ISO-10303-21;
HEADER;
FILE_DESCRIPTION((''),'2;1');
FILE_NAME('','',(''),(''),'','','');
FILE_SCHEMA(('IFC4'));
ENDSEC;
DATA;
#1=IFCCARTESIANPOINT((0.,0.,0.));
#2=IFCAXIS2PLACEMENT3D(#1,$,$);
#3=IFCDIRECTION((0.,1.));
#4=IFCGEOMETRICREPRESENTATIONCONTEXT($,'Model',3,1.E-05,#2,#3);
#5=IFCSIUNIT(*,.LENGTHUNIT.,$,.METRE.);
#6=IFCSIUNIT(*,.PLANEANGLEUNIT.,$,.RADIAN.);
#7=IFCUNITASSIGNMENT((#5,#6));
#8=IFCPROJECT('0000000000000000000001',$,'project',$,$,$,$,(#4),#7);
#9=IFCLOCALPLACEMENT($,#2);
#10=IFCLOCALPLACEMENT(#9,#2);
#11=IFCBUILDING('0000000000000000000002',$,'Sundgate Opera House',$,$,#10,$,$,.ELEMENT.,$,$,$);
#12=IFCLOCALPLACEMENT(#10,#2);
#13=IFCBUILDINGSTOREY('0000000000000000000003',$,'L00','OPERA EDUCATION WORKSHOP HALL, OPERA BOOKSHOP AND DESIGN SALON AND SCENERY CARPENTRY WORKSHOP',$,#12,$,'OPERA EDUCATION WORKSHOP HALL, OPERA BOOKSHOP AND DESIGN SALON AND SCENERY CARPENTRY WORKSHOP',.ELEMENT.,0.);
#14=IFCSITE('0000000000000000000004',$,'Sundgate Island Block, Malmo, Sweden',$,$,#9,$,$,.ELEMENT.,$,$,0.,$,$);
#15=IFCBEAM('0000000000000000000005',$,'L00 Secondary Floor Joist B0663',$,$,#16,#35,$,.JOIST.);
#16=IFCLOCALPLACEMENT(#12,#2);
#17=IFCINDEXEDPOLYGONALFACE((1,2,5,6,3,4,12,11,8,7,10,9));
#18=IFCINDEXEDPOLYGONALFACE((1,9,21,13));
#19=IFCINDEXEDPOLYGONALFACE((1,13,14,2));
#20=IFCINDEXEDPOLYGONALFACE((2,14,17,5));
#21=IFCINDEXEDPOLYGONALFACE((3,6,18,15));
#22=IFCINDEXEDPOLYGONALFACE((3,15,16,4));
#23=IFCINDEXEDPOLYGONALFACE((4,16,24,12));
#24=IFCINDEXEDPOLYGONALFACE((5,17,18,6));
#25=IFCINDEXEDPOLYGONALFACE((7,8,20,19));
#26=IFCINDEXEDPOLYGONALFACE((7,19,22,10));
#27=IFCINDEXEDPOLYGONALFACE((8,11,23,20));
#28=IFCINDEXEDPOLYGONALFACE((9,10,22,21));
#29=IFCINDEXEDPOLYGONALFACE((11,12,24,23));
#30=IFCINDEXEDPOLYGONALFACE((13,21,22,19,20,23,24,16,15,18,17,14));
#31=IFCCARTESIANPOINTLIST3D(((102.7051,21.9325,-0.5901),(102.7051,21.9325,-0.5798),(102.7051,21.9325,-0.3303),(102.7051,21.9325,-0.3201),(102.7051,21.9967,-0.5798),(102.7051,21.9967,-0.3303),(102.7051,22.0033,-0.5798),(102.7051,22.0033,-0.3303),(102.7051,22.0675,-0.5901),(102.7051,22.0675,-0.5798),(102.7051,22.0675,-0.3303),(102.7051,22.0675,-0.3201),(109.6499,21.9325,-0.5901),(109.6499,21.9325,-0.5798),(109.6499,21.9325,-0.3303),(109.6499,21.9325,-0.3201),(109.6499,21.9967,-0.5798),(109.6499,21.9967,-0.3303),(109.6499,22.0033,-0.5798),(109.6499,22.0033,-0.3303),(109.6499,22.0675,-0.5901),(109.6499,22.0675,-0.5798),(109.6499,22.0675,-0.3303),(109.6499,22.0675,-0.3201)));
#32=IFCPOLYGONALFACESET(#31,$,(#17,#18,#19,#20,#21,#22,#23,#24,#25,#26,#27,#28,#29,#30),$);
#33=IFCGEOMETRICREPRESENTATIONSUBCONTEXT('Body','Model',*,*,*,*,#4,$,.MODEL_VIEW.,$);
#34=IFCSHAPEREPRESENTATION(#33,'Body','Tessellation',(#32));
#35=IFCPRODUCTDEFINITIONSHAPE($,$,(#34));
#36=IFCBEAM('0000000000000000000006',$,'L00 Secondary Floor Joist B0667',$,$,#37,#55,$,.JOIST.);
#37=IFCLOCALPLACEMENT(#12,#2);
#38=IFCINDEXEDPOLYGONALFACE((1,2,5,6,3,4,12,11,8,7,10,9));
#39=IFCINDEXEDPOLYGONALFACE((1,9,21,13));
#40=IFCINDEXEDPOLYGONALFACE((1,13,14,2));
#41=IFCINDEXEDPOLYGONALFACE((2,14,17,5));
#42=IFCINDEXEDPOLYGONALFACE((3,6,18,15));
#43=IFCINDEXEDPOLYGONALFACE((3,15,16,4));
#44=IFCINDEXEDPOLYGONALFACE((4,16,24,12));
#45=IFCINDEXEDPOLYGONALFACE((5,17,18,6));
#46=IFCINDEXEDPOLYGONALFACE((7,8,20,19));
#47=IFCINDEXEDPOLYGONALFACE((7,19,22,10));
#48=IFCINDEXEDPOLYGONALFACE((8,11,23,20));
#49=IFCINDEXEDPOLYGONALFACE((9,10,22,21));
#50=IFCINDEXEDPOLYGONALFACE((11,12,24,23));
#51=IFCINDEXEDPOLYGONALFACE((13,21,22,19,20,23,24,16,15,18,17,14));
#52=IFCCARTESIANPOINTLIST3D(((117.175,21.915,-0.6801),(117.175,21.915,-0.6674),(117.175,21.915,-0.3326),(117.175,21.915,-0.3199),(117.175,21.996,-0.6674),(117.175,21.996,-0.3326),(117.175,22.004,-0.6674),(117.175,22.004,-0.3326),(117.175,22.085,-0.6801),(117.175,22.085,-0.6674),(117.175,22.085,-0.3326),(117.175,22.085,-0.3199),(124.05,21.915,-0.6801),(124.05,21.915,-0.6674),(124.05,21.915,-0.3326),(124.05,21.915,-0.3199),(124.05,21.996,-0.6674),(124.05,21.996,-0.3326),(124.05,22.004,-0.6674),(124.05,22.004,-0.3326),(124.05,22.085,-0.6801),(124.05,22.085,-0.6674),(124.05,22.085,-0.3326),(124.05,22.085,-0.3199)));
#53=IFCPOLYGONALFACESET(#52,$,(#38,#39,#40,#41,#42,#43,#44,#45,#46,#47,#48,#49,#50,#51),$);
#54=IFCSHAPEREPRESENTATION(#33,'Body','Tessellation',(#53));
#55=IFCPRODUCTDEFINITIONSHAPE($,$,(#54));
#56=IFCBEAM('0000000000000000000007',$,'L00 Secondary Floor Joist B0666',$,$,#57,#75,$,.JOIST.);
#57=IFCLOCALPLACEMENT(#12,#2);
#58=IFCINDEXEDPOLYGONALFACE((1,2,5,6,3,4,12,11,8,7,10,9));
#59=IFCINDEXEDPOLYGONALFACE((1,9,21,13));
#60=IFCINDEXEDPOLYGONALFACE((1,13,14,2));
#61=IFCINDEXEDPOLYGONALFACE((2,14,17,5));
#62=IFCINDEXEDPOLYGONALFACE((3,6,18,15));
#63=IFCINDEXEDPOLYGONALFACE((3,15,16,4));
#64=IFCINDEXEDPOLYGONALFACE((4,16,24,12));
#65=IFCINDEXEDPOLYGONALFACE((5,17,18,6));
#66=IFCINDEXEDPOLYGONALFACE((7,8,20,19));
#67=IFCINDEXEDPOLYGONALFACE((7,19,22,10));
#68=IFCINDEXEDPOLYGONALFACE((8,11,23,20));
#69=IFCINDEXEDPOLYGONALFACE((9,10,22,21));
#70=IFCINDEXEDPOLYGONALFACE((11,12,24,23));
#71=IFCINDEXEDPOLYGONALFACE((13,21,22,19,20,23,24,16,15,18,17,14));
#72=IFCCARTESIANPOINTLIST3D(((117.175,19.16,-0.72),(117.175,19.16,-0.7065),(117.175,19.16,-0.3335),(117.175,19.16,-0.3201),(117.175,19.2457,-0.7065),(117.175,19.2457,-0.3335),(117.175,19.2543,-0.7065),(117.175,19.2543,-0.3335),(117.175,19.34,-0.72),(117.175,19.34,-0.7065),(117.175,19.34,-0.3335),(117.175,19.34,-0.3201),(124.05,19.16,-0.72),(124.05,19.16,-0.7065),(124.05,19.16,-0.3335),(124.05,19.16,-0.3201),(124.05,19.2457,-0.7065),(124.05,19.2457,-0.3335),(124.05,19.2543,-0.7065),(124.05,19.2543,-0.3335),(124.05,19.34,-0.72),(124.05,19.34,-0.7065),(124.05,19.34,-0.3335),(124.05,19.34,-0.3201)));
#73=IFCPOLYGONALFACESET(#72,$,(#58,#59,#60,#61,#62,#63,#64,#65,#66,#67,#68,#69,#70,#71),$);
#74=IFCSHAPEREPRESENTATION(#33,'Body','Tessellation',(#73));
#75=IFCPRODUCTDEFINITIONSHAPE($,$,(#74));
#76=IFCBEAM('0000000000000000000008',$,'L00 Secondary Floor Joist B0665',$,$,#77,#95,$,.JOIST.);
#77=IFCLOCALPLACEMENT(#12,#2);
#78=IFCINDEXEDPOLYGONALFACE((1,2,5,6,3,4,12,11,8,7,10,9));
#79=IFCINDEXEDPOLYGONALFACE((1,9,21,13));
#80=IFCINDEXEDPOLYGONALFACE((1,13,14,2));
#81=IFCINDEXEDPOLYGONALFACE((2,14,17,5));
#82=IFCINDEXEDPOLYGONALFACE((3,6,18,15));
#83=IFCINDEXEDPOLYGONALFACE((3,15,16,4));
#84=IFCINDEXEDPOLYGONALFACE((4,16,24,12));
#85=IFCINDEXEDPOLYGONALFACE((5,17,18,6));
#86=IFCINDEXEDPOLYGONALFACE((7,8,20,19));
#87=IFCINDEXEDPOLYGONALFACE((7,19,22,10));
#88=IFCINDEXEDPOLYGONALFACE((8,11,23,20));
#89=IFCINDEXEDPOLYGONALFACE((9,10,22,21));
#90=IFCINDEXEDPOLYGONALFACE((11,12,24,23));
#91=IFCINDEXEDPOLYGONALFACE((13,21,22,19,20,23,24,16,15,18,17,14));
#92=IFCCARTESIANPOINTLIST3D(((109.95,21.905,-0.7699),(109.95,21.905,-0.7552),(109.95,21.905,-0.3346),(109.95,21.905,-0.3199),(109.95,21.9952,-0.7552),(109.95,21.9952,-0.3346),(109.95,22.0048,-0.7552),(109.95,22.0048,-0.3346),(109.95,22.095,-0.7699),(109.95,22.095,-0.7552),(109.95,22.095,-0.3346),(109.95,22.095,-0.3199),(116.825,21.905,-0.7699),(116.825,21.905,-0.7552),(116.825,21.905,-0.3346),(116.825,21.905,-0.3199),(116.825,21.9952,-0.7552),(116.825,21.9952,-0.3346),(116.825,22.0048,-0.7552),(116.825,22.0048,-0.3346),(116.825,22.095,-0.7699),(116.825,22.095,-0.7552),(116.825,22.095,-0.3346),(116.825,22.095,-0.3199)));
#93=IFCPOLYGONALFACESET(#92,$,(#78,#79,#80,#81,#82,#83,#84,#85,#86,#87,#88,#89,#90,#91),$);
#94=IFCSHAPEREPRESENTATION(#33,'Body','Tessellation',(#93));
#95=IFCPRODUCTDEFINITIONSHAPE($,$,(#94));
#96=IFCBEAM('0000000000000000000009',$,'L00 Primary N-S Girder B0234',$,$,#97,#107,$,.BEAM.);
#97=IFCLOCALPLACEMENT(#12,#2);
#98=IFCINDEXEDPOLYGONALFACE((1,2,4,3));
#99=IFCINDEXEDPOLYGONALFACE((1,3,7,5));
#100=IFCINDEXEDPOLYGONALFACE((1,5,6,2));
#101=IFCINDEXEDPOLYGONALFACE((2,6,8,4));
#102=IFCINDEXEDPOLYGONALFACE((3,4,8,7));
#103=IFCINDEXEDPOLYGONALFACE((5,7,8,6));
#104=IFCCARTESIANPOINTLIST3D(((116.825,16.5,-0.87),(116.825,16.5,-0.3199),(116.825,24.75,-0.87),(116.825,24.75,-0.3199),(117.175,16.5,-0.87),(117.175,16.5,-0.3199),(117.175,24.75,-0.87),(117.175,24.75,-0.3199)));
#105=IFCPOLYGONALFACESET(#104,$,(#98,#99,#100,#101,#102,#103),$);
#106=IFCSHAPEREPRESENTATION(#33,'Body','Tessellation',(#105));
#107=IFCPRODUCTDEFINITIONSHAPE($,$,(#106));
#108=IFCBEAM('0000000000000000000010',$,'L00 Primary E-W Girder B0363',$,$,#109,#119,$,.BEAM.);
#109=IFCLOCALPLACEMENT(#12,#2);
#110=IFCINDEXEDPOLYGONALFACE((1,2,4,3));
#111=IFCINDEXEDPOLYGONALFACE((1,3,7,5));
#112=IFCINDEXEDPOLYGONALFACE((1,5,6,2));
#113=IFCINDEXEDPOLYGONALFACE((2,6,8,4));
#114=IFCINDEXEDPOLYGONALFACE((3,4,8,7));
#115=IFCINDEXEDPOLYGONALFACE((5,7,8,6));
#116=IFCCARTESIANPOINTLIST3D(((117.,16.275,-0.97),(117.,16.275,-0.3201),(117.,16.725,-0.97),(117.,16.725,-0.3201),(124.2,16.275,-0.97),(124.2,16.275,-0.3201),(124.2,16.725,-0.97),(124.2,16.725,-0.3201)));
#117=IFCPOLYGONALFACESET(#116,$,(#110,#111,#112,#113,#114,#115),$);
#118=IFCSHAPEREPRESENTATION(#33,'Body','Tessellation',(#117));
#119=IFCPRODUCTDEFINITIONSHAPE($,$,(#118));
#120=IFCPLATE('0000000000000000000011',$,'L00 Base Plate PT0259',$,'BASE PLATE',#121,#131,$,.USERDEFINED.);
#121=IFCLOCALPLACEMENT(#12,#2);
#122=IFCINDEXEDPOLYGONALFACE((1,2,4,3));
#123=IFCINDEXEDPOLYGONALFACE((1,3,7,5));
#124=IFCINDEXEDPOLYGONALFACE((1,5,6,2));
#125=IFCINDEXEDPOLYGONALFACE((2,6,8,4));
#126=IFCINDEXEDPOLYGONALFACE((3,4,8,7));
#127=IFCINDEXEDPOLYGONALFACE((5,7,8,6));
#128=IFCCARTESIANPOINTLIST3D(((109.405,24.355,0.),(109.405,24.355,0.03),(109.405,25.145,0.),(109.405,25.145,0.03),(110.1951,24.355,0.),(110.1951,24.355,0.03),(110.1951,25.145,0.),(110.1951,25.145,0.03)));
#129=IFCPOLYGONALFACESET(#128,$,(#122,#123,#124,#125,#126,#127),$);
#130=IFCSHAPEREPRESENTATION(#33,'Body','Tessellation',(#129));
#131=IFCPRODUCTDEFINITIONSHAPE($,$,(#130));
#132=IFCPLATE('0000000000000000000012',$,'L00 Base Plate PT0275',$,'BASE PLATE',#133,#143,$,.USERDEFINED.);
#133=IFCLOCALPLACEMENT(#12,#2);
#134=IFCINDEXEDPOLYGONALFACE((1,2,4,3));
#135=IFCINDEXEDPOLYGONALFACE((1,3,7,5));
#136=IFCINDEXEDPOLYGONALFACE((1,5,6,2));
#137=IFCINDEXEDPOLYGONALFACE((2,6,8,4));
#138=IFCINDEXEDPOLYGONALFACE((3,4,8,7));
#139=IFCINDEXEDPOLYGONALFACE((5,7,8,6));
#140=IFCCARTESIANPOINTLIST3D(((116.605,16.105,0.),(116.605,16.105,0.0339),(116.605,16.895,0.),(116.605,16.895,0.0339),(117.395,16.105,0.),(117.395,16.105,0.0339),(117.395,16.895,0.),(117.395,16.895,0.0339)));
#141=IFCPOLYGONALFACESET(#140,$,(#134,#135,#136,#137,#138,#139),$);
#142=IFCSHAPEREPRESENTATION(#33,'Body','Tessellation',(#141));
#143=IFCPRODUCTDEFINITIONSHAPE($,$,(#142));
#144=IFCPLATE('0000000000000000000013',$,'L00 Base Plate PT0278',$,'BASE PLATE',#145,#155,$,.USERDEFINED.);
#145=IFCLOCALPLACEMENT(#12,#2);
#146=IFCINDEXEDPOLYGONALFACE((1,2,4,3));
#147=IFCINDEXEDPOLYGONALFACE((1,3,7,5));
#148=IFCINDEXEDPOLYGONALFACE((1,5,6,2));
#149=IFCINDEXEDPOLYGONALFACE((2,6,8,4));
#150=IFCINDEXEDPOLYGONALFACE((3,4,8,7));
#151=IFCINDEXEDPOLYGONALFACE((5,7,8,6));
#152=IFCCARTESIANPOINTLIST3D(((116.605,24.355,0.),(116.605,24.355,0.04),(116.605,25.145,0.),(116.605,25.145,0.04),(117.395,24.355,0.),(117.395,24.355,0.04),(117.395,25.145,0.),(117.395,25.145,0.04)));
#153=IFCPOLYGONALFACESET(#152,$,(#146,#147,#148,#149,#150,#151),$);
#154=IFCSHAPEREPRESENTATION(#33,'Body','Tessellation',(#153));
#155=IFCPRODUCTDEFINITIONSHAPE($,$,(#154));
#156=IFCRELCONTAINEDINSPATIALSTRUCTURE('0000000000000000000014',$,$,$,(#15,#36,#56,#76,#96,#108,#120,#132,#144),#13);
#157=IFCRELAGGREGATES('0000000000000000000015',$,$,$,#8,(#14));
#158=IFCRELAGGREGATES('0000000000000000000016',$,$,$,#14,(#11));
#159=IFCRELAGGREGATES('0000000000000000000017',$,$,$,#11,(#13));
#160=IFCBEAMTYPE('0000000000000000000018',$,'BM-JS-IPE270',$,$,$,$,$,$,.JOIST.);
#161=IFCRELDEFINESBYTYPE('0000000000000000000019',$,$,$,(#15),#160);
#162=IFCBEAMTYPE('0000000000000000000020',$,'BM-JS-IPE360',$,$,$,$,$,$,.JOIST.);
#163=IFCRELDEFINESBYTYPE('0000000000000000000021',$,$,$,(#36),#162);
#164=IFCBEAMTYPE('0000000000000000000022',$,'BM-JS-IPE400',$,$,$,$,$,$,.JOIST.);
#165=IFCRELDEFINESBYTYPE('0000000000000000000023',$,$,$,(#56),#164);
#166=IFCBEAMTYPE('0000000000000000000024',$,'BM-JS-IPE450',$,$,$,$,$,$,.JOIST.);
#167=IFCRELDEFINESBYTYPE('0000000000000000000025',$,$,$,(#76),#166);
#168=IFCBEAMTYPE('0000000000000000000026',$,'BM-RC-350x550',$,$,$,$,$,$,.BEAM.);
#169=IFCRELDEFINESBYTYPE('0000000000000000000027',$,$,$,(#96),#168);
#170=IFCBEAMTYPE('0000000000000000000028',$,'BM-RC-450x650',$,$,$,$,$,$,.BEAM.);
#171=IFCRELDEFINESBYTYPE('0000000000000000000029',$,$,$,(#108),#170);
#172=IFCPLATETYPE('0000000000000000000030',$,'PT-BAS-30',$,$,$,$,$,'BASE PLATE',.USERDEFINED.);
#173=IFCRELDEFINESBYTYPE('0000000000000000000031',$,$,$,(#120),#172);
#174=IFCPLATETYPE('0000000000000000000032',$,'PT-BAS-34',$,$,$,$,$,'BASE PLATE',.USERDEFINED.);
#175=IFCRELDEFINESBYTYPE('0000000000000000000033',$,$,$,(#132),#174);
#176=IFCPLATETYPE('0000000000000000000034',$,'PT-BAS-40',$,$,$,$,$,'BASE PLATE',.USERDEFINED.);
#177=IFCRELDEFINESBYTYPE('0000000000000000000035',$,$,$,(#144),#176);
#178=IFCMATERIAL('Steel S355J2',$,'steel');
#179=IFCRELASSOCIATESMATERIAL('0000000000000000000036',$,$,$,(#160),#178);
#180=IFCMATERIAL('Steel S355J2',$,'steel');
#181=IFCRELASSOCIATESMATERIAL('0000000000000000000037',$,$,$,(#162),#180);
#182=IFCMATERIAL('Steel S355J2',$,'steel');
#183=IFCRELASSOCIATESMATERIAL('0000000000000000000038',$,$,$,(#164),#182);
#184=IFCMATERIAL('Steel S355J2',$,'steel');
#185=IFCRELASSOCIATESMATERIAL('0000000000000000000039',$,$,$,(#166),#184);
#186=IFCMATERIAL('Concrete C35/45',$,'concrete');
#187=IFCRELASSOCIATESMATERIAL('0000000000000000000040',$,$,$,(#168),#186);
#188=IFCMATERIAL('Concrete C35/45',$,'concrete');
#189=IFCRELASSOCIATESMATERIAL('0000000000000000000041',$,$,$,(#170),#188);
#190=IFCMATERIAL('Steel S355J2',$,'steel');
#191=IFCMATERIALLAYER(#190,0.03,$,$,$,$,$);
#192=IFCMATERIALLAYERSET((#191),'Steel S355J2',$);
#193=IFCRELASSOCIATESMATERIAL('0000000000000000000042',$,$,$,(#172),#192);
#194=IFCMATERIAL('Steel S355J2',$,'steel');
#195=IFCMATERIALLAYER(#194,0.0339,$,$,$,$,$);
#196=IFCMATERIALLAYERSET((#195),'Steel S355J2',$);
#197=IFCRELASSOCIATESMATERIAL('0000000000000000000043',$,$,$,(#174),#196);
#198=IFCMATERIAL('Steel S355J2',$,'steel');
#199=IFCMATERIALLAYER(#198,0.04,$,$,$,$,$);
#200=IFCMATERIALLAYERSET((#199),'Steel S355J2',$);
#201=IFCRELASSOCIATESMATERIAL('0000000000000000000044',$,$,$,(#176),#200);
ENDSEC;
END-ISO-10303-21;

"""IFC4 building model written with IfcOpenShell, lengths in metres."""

from ifc_helpers import new_model, si_unit, direction, frame, origin, origin_2d, place, context, subcontext, project, spatial, rectangle, i_section, extrude, material, layer, layer_set, material_profile, profile_set, type_object, element, save


model = new_model("IFC4")

# Units and contexts
model_context = context("Model", 3, precision=1e-05, world=origin(), true_north=direction((0.0, 1.0)))
body_context = subcontext(model_context, "Body", "Model", "MODEL_VIEW")
ifc_project = project(units=[si_unit("LENGTHUNIT", "METRE"), si_unit("PLANEANGLEUNIT", "RADIAN")], contexts=[model_context])

# Site, building, storey
site_placement = place(None, origin())
site = spatial("IfcSite", under=ifc_project, at=site_placement, Name="Sundgate Island Block, Malmo, Sweden", CompositionType="ELEMENT", RefElevation=0.0)
building_placement = place(site_placement, origin())
building = spatial("IfcBuilding", under=site, at=building_placement, Name="Sundgate Opera House", CompositionType="ELEMENT")
storey_placement = place(building_placement, origin())
storey = spatial("IfcBuildingStorey", under=building, at=storey_placement, Name="L00", Description="OPERA EDUCATION WORKSHOP HALL, OPERA BOOKSHOP AND DESIGN SALON AND SCENERY CARPENTRY WORKSHOP", LongName="OPERA EDUCATION WORKSHOP HALL, OPERA BOOKSHOP AND DESIGN SALON AND SCENERY CARPENTRY WORKSHOP", CompositionType="ELEMENT", Elevation=0.0)

# Beams
ifc_material_1 = material(Name="Steel S355J2", Category="steel")
ifc_material_profile_1 = material_profile(ifc_material_1, i_section(OverallWidth=0.135, OverallDepth=0.27, WebThickness=0.0066, FlangeThickness=0.0103, at=origin_2d()), Name="IPE 270")
ifc_profile_set_1 = profile_set([ifc_material_profile_1], Name="Steel S355J2")
beam_type_1 = type_object("IfcBeamType", Name="BM-JS-IPE270", PredefinedType="JOIST", material=ifc_profile_set_1)
beam_1_placement = place(storey_placement, frame((102.7051, 22.0, -0.4551), z_axis=(1.0, 0.0, 0.0), x_axis=(0.0, 1.0, 0.0)))
element("IfcBeam", 1, at=beam_1_placement, inside=storey, type_object=beam_type_1, Name="L00 Secondary Floor Joist B0663", PredefinedType="JOIST", context=body_context, shape_type="SweptSolid", body=[
    extrude(i_section(OverallWidth=0.135, OverallDepth=0.27, WebThickness=0.0066, FlangeThickness=0.0103, at=origin_2d()), origin(), (0.0, 0.0, 1.0), 6.9448),
])
ifc_material_2 = material(Name="Steel S355J2", Category="steel")
ifc_material_profile_2 = material_profile(ifc_material_2, i_section(OverallWidth=0.1699, OverallDepth=0.3601, WebThickness=0.0081, FlangeThickness=0.0127, at=origin_2d()), Name="IPE 360")
ifc_profile_set_2 = profile_set([ifc_material_profile_2], Name="Steel S355J2")
beam_type_2 = type_object("IfcBeamType", Name="BM-JS-IPE360", PredefinedType="JOIST", material=ifc_profile_set_2)
beam_2_placement = place(storey_placement, frame((117.175, 22.0, -0.5), z_axis=(1.0, 0.0, 0.0), x_axis=(0.0, 1.0, 0.0)))
element("IfcBeam", 2, at=beam_2_placement, inside=storey, type_object=beam_type_2, Name="L00 Secondary Floor Joist B0667", PredefinedType="JOIST", context=body_context, shape_type="SweptSolid", body=[
    extrude(i_section(OverallWidth=0.1699, OverallDepth=0.3601, WebThickness=0.0081, FlangeThickness=0.0127, at=origin_2d()), origin(), (0.0, 0.0, 1.0), 6.875),
])
ifc_material_3 = material(Name="Steel S355J2", Category="steel")
ifc_material_profile_3 = material_profile(ifc_material_3, i_section(OverallWidth=0.1799, OverallDepth=0.3999, WebThickness=0.0085, FlangeThickness=0.0134, at=origin_2d()), Name="IPE 400")
ifc_profile_set_3 = profile_set([ifc_material_profile_3], Name="Steel S355J2")
beam_type_3 = type_object("IfcBeamType", Name="BM-JS-IPE400", PredefinedType="JOIST", material=ifc_profile_set_3)
beam_3_placement = place(storey_placement, frame((117.175, 19.25, -0.52), z_axis=(1.0, 0.0, 0.0), x_axis=(0.0, 1.0, 0.0)))
element("IfcBeam", 3, at=beam_3_placement, inside=storey, type_object=beam_type_3, Name="L00 Secondary Floor Joist B0666", PredefinedType="JOIST", context=body_context, shape_type="SweptSolid", body=[
    extrude(i_section(OverallWidth=0.1799, OverallDepth=0.3999, WebThickness=0.0085, FlangeThickness=0.0134, at=origin_2d()), origin(), (0.0, 0.0, 1.0), 6.875),
])
ifc_material_4 = material(Name="Steel S355J2", Category="steel")
ifc_material_profile_4 = material_profile(ifc_material_4, i_section(OverallWidth=0.1899, OverallDepth=0.45, WebThickness=0.0095, FlangeThickness=0.0146, at=origin_2d()), Name="IPE 450")
ifc_profile_set_4 = profile_set([ifc_material_profile_4], Name="Steel S355J2")
beam_type_4 = type_object("IfcBeamType", Name="BM-JS-IPE450", PredefinedType="JOIST", material=ifc_profile_set_4)
beam_4_placement = place(storey_placement, frame((109.95, 22.0, -0.5449), z_axis=(1.0, 0.0, 0.0), x_axis=(0.0, 1.0, 0.0)))
element("IfcBeam", 4, at=beam_4_placement, inside=storey, type_object=beam_type_4, Name="L00 Secondary Floor Joist B0665", PredefinedType="JOIST", context=body_context, shape_type="SweptSolid", body=[
    extrude(i_section(OverallWidth=0.1899, OverallDepth=0.45, WebThickness=0.0095, FlangeThickness=0.0146, at=origin_2d()), origin(), (0.0, 0.0, 1.0), 6.875),
])
ifc_material_5 = material(Name="Concrete C35/45", Category="concrete")
ifc_material_profile_5 = material_profile(ifc_material_5, rectangle(XDim=0.3501, YDim=0.55, at=origin_2d()), Name="RC 350x550")
ifc_profile_set_5 = profile_set([ifc_material_profile_5], Name="Concrete C35/45")
beam_type_5 = type_object("IfcBeamType", Name="BM-RC-350x550", PredefinedType="BEAM", material=ifc_profile_set_5)
beam_5_placement = place(storey_placement, frame((117.0, 16.5, -0.595), z_axis=(0.0, 1.0, 0.0), x_axis=(-1.0, 0.0, 0.0)))
element("IfcBeam", 5, at=beam_5_placement, inside=storey, type_object=beam_type_5, Name="L00 Primary N-S Girder B0234", PredefinedType="BEAM", context=body_context, shape_type="SweptSolid", body=[
    extrude(rectangle(XDim=0.3501, YDim=0.55, at=origin_2d()), origin(), (0.0, 0.0, 1.0), 8.25),
])
ifc_material_6 = material(Name="Concrete C35/45", Category="concrete")
ifc_material_profile_6 = material_profile(ifc_material_6, rectangle(XDim=0.45, YDim=0.6499, at=origin_2d()), Name="RC 450x650")
ifc_profile_set_6 = profile_set([ifc_material_profile_6], Name="Concrete C35/45")
beam_type_6 = type_object("IfcBeamType", Name="BM-RC-450x650", PredefinedType="BEAM", material=ifc_profile_set_6)
beam_6_placement = place(storey_placement, frame((117.0, 16.5, -0.645), z_axis=(1.0, 0.0, 0.0), x_axis=(0.0, 1.0, 0.0)))
element("IfcBeam", 6, at=beam_6_placement, inside=storey, type_object=beam_type_6, Name="L00 Primary E-W Girder B0363", PredefinedType="BEAM", context=body_context, shape_type="SweptSolid", body=[
    extrude(rectangle(XDim=0.45, YDim=0.6499, at=origin_2d()), origin(), (0.0, 0.0, 1.0), 7.2),
])

# Plates
ifc_material_7 = material(Name="Steel S355J2", Category="steel")
ifc_layer_1 = layer(ifc_material_7, 0.03)
ifc_layer_set_1 = layer_set([ifc_layer_1], Name="Steel S355J2")
plate_type_1 = type_object("IfcPlateType", Name="PT-BAS-30", ElementType="BASE PLATE", PredefinedType="USERDEFINED", material=ifc_layer_set_1)
plate_1_placement = place(storey_placement, frame((109.8, 24.75, 0.0), z_axis=(0.0, 0.0, 1.0), x_axis=(1.0, 0.0, 0.0)))
element("IfcPlate", 7, at=plate_1_placement, inside=storey, type_object=plate_type_1, Name="L00 Base Plate PT0259", ObjectType="BASE PLATE", PredefinedType="USERDEFINED", context=body_context, shape_type="SweptSolid", body=[
    extrude(rectangle(XDim=0.79, YDim=0.79, at=origin_2d()), origin(), (0.0, 0.0, 1.0), 0.03),
])
ifc_material_8 = material(Name="Steel S355J2", Category="steel")
ifc_layer_2 = layer(ifc_material_8, 0.0339)
ifc_layer_set_2 = layer_set([ifc_layer_2], Name="Steel S355J2")
plate_type_2 = type_object("IfcPlateType", Name="PT-BAS-34", ElementType="BASE PLATE", PredefinedType="USERDEFINED", material=ifc_layer_set_2)
plate_2_placement = place(storey_placement, frame((117.0, 16.5, 0.0), z_axis=(0.0, 0.0, 1.0), x_axis=(1.0, 0.0, 0.0)))
element("IfcPlate", 8, at=plate_2_placement, inside=storey, type_object=plate_type_2, Name="L00 Base Plate PT0275", ObjectType="BASE PLATE", PredefinedType="USERDEFINED", context=body_context, shape_type="SweptSolid", body=[
    extrude(rectangle(XDim=0.79, YDim=0.79, at=origin_2d()), origin(), (0.0, 0.0, 1.0), 0.0339),
])
ifc_material_9 = material(Name="Steel S355J2", Category="steel")
ifc_layer_3 = layer(ifc_material_9, 0.04)
ifc_layer_set_3 = layer_set([ifc_layer_3], Name="Steel S355J2")
plate_type_3 = type_object("IfcPlateType", Name="PT-BAS-40", ElementType="BASE PLATE", PredefinedType="USERDEFINED", material=ifc_layer_set_3)
plate_3_placement = place(storey_placement, frame((117.0, 24.75, 0.0), z_axis=(0.0, 0.0, 1.0), x_axis=(1.0, 0.0, 0.0)))
element("IfcPlate", 9, at=plate_3_placement, inside=storey, type_object=plate_type_3, Name="L00 Base Plate PT0278", ObjectType="BASE PLATE", PredefinedType="USERDEFINED", context=body_context, shape_type="SweptSolid", body=[
    extrude(rectangle(XDim=0.79, YDim=0.79, at=origin_2d()), origin(), (0.0, 0.0, 1.0), 0.04),
])

save(model, "model.ifc")
